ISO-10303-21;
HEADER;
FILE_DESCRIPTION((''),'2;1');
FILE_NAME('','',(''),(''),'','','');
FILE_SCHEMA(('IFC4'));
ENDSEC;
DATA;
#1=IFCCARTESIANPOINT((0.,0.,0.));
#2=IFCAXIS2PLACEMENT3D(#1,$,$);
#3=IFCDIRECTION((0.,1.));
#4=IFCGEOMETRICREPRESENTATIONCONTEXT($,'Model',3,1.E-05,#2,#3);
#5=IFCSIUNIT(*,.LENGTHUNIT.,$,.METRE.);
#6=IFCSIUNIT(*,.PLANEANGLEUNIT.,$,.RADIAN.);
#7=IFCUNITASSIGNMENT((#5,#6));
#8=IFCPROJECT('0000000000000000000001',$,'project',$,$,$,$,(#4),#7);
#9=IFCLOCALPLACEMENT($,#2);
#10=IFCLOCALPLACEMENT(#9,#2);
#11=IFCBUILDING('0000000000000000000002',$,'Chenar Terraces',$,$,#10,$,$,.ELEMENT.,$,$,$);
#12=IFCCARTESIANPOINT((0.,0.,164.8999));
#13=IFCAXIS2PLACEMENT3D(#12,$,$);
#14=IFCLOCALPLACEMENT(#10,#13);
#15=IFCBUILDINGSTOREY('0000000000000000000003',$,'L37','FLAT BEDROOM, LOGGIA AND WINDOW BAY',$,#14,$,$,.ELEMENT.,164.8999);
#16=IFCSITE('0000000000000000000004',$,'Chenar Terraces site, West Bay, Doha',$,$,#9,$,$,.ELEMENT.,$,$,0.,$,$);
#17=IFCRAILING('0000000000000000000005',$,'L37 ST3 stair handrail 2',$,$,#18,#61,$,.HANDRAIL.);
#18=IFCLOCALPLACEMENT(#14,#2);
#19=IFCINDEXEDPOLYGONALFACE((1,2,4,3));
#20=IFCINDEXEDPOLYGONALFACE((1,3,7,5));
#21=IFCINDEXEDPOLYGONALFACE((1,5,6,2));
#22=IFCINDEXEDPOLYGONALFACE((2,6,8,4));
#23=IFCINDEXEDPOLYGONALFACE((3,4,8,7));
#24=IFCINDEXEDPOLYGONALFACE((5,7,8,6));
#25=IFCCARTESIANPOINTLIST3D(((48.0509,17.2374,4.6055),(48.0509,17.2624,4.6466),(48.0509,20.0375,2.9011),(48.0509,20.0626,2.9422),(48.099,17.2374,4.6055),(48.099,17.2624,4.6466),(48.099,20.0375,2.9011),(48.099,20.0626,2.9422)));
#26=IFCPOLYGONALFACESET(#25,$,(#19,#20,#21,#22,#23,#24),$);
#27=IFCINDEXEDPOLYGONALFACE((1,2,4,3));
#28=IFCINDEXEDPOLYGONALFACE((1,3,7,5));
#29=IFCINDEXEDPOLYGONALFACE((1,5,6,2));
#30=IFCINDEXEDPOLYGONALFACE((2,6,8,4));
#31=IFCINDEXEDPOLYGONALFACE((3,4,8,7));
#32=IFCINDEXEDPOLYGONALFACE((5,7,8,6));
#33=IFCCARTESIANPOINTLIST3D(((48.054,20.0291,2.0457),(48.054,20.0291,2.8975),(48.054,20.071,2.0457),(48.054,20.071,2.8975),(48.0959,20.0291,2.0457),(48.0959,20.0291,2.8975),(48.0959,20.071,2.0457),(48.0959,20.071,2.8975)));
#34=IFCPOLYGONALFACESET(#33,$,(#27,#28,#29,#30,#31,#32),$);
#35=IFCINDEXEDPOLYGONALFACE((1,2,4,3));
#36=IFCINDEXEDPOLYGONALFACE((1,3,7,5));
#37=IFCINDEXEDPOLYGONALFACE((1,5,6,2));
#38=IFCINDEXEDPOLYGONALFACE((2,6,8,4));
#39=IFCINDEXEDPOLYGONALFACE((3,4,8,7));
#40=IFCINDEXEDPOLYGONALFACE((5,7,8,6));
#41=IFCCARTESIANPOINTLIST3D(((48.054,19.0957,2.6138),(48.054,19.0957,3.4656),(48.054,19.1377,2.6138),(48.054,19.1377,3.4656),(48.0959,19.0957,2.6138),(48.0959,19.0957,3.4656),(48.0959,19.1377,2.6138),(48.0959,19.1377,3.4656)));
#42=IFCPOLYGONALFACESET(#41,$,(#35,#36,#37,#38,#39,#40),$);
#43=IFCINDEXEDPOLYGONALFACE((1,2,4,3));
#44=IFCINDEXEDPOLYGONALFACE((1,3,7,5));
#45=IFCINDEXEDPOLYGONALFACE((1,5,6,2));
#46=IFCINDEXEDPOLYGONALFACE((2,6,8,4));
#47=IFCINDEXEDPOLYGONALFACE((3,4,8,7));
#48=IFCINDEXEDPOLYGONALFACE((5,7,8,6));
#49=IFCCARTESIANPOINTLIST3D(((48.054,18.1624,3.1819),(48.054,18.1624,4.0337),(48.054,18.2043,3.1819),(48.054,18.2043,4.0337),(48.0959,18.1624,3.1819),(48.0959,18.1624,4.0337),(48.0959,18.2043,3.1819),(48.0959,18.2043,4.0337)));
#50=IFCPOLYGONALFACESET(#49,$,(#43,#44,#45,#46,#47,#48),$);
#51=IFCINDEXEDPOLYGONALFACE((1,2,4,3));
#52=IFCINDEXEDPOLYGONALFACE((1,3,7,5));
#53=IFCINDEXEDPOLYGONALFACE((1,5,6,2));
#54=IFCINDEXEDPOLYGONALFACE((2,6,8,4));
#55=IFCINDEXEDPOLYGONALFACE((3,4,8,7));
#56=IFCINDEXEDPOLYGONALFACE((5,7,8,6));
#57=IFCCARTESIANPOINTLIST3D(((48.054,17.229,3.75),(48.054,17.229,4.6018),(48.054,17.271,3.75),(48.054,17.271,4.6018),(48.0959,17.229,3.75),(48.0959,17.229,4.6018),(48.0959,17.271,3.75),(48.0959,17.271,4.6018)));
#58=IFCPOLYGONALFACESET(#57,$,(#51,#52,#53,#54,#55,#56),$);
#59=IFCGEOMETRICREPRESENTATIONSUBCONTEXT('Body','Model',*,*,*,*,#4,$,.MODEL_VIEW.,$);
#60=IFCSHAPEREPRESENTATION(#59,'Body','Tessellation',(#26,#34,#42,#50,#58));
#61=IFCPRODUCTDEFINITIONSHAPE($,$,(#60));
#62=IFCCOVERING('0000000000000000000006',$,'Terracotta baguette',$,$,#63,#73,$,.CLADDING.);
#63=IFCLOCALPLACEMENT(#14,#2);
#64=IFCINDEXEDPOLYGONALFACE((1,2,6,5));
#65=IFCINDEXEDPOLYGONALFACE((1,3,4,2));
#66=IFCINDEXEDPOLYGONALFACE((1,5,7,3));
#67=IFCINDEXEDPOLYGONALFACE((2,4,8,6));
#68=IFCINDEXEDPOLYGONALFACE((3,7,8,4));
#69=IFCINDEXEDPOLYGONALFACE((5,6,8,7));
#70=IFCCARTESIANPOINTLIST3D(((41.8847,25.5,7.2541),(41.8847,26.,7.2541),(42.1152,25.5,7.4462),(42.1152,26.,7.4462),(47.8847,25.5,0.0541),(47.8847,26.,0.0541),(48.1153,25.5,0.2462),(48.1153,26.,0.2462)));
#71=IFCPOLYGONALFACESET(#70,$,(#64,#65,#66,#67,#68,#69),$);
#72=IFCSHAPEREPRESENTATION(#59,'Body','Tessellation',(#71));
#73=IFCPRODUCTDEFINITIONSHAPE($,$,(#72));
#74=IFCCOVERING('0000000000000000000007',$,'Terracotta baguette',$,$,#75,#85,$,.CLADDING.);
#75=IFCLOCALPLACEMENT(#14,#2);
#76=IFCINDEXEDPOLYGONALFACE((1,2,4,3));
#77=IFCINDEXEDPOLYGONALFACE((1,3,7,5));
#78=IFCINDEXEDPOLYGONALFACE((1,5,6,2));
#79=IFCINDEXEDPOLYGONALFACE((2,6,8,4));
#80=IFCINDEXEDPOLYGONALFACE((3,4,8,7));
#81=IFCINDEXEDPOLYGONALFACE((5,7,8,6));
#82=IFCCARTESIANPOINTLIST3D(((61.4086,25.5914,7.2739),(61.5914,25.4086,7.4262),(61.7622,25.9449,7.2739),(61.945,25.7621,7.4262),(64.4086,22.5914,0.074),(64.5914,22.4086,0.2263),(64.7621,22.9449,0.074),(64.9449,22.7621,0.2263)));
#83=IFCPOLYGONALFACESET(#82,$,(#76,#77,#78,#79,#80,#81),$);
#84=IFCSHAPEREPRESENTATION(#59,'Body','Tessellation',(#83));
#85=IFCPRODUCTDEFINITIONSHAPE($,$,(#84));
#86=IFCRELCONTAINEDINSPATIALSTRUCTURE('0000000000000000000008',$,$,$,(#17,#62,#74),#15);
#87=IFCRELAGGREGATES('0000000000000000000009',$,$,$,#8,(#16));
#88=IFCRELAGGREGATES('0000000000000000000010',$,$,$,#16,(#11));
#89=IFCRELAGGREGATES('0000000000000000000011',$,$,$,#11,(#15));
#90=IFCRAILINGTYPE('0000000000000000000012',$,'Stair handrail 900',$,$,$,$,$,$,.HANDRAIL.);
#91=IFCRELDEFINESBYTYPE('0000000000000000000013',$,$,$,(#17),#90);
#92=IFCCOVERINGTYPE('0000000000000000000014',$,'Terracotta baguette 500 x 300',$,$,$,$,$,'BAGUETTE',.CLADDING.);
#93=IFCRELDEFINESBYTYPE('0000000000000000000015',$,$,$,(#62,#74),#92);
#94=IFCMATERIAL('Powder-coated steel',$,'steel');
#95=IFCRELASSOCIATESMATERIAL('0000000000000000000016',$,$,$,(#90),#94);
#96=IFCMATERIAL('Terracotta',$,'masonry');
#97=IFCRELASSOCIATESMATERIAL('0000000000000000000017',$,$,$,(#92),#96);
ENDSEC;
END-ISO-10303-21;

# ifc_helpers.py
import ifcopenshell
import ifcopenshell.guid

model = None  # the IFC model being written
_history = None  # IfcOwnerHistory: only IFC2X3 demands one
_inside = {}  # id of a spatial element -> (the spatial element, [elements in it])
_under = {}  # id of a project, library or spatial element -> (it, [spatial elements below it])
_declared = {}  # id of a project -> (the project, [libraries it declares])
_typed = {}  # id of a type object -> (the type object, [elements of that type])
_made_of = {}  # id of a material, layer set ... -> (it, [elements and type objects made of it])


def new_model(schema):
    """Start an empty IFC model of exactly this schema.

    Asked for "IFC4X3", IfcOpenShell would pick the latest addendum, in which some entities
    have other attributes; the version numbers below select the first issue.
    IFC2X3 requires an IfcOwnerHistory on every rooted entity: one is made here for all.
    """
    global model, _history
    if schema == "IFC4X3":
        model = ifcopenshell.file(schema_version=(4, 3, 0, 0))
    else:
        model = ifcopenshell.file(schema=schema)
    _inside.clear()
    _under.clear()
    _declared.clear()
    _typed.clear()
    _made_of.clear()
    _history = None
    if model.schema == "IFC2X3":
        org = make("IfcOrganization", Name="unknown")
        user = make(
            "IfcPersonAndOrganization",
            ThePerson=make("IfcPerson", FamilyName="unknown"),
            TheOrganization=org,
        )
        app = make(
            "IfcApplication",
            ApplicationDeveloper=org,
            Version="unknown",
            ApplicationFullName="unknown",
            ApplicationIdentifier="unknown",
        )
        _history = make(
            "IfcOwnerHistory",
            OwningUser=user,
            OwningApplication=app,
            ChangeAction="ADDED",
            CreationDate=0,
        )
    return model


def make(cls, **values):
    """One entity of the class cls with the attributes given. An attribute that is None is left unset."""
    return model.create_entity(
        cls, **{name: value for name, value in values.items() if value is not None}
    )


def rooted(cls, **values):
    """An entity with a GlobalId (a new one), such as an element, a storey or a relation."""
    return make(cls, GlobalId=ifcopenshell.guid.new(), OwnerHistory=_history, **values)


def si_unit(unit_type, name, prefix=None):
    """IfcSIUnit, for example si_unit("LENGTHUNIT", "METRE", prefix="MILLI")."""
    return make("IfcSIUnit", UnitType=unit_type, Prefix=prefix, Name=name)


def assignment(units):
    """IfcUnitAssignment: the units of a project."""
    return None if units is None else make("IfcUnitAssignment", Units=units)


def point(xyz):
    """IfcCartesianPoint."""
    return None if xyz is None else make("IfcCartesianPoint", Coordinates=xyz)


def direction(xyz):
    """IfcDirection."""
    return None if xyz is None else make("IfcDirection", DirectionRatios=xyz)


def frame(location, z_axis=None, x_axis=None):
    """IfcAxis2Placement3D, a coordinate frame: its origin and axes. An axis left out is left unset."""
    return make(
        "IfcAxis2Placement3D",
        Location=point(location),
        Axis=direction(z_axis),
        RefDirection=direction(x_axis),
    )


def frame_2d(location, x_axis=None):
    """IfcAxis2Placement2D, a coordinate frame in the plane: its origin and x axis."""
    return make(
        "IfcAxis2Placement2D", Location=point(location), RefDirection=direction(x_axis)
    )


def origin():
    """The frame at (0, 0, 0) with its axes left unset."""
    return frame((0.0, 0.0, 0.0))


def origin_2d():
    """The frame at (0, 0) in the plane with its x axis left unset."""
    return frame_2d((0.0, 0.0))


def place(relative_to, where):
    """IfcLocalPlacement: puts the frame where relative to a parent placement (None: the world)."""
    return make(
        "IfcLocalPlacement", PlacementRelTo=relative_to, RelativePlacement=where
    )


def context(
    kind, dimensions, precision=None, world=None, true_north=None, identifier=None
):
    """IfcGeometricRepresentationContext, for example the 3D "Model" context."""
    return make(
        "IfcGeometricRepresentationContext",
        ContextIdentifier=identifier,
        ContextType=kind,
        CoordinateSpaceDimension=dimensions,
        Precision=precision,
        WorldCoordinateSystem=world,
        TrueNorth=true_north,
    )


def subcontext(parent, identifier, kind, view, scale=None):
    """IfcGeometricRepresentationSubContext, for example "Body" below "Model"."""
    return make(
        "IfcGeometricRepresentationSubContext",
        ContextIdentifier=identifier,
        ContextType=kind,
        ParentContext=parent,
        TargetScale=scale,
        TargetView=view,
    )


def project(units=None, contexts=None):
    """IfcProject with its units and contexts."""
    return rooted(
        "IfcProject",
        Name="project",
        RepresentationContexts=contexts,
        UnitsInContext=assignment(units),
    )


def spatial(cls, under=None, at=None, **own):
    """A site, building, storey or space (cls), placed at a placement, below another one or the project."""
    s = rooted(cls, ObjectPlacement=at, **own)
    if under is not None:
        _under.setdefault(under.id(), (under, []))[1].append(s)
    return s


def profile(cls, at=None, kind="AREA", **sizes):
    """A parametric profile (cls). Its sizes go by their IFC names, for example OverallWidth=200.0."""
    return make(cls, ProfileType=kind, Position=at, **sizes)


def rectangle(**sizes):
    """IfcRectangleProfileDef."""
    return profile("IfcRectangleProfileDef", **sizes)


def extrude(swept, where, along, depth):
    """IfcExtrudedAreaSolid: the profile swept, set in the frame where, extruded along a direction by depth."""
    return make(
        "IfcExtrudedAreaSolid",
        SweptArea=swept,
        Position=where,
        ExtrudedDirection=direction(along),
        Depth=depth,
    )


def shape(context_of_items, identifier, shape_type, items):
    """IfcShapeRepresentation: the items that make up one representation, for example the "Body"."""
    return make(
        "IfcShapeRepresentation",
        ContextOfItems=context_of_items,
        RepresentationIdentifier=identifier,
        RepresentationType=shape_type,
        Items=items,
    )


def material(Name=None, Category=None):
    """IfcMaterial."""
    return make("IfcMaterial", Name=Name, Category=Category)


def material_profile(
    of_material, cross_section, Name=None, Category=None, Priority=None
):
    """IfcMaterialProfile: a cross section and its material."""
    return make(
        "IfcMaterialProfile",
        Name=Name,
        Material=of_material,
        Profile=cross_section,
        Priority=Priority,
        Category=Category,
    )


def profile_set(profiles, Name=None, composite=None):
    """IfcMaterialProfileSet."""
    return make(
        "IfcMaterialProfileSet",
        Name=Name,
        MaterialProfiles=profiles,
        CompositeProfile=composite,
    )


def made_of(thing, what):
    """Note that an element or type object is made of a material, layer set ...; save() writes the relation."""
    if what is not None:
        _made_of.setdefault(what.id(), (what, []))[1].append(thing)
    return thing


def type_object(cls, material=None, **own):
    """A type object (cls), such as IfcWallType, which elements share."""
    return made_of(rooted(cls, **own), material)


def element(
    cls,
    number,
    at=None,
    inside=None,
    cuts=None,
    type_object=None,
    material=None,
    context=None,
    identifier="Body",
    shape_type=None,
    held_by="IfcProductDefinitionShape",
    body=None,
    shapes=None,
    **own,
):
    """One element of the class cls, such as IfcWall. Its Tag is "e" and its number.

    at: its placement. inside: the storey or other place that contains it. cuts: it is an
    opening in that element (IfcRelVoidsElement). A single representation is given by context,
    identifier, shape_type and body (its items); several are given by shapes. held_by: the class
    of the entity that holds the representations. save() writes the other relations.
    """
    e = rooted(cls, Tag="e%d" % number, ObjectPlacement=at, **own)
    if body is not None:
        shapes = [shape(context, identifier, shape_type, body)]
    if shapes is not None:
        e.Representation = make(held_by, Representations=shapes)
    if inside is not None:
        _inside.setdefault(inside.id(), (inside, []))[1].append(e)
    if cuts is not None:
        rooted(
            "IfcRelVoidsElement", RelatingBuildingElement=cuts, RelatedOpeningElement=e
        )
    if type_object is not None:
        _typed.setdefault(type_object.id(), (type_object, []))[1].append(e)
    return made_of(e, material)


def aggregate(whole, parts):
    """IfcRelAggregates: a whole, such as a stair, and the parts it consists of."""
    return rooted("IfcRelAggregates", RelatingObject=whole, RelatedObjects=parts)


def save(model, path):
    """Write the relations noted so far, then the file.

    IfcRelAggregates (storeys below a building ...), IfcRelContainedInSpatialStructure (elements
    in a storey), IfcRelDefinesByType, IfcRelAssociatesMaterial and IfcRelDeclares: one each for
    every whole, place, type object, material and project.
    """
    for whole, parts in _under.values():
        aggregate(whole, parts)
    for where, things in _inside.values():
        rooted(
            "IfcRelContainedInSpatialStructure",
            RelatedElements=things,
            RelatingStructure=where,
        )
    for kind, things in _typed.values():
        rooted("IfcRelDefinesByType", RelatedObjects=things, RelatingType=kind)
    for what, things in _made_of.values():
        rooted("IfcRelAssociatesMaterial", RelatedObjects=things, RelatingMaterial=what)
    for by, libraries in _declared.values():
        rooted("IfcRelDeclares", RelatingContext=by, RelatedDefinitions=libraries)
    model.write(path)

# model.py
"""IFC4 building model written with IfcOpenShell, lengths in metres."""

from ifc_helpers import new_model, si_unit, direction, frame, origin, origin_2d, place, context, subcontext, project, spatial, rectangle, extrude, material, material_profile, profile_set, type_object, element, save


model = new_model("IFC4")

# Units and contexts
model_context = context("Model", 3, precision=1e-05, world=origin(), true_north=direction((0.0, 1.0)))
body_context = subcontext(model_context, "Body", "Model", "MODEL_VIEW")
ifc_project = project(units=[si_unit("LENGTHUNIT", "METRE"), si_unit("PLANEANGLEUNIT", "RADIAN")], contexts=[model_context])

# Site, building, storey
site_placement = place(None, origin())
site = spatial("IfcSite", under=ifc_project, at=site_placement, Name="Chenar Terraces site, West Bay, Doha", CompositionType="ELEMENT", RefElevation=0.0)
building_placement = place(site_placement, origin())
building = spatial("IfcBuilding", under=site, at=building_placement, Name="Chenar Terraces", CompositionType="ELEMENT")
storey_placement = place(building_placement, frame((0.0, 0.0, 164.8999)))
storey = spatial("IfcBuildingStorey", under=building, at=storey_placement, Name="L37", Description="FLAT BEDROOM, LOGGIA AND WINDOW BAY", CompositionType="ELEMENT", Elevation=164.8999)

# Railing
ifc_material_1 = material(Name="Powder-coated steel", Category="steel")
railing_type_1 = type_object("IfcRailingType", Name="Stair handrail 900", PredefinedType="HANDRAIL", material=ifc_material_1)
railing_1_placement = place(storey_placement, frame((48.075, 20.05, 2.0457)))
element("IfcRailing", 1, at=railing_1_placement, inside=storey, type_object=railing_type_1, Name="L37 ST3 stair handrail 2", PredefinedType="HANDRAIL", context=body_context, shape_type="SweptSolid", body=[
    extrude(rectangle(XDim=0.0481, YDim=0.0481, at=origin_2d()), frame((0.0, 0.0, 0.876), z_axis=(0.0, -0.854203, 0.51994), x_axis=(1.0, 0.0, 0.0)), (0.0, 0.0, 1.0), 3.2781),
    extrude(rectangle(XDim=0.042, YDim=0.042, at=origin_2d()), origin(), (0.0, 0.0, 1.0), 0.8518),
    extrude(rectangle(XDim=0.042, YDim=0.042, at=origin_2d()), frame((0.0, -0.9333, 0.5681)), (0.0, 0.0, 1.0), 0.8518),
    extrude(rectangle(XDim=0.042, YDim=0.042, at=origin_2d()), frame((0.0, -1.8667, 1.1362)), (0.0, 0.0, 1.0), 0.8518),
    extrude(rectangle(XDim=0.042, YDim=0.042, at=origin_2d()), frame((0.0, -2.8, 1.7043)), (0.0, 0.0, 1.0), 0.8518),
])

# Coverings
ifc_material_2 = material(Name="Terracotta", Category="masonry")
ifc_material_profile_1 = material_profile(ifc_material_2, rectangle(XDim=0.5, YDim=0.3, at=origin_2d()), Name="Terracotta baguette 500 x 300")
ifc_profile_set_1 = profile_set([ifc_material_profile_1], Name="Terracotta")
covering_type = type_object("IfcCoveringType", Name="Terracotta baguette 500 x 300", ElementType="BAGUETTE", PredefinedType="CLADDING", material=ifc_profile_set_1)
covering_1_placement = place(storey_placement, frame((48.0, 25.75, 0.1501), z_axis=(-0.640187, 0.0, 0.768219), x_axis=(0.0, -1.0, 0.0)))
element("IfcCovering", 2, at=covering_1_placement, inside=storey, type_object=covering_type, Name="Terracotta baguette", PredefinedType="CLADDING", context=body_context, shape_type="SweptSolid", body=[
    extrude(rectangle(XDim=0.5, YDim=0.3, at=origin_2d()), origin(), (0.0, 0.0, 1.0), 9.3723),
])
covering_2_placement = place(storey_placement, frame((64.6768, 22.6768, 0.1501), z_axis=(-0.358981, 0.358981, 0.861548), x_axis=(-0.707107, -0.707107, 0.0)))
element("IfcCovering", 3, at=covering_2_placement, inside=storey, type_object=covering_type, Name="Terracotta baguette", PredefinedType="CLADDING", context=body_context, shape_type="SweptSolid", body=[
    extrude(rectangle(XDim=0.5, YDim=0.3, at=origin_2d()), origin(), (0.0, 0.0, 1.0), 8.3569),
])

save(model, "model.ifc")
